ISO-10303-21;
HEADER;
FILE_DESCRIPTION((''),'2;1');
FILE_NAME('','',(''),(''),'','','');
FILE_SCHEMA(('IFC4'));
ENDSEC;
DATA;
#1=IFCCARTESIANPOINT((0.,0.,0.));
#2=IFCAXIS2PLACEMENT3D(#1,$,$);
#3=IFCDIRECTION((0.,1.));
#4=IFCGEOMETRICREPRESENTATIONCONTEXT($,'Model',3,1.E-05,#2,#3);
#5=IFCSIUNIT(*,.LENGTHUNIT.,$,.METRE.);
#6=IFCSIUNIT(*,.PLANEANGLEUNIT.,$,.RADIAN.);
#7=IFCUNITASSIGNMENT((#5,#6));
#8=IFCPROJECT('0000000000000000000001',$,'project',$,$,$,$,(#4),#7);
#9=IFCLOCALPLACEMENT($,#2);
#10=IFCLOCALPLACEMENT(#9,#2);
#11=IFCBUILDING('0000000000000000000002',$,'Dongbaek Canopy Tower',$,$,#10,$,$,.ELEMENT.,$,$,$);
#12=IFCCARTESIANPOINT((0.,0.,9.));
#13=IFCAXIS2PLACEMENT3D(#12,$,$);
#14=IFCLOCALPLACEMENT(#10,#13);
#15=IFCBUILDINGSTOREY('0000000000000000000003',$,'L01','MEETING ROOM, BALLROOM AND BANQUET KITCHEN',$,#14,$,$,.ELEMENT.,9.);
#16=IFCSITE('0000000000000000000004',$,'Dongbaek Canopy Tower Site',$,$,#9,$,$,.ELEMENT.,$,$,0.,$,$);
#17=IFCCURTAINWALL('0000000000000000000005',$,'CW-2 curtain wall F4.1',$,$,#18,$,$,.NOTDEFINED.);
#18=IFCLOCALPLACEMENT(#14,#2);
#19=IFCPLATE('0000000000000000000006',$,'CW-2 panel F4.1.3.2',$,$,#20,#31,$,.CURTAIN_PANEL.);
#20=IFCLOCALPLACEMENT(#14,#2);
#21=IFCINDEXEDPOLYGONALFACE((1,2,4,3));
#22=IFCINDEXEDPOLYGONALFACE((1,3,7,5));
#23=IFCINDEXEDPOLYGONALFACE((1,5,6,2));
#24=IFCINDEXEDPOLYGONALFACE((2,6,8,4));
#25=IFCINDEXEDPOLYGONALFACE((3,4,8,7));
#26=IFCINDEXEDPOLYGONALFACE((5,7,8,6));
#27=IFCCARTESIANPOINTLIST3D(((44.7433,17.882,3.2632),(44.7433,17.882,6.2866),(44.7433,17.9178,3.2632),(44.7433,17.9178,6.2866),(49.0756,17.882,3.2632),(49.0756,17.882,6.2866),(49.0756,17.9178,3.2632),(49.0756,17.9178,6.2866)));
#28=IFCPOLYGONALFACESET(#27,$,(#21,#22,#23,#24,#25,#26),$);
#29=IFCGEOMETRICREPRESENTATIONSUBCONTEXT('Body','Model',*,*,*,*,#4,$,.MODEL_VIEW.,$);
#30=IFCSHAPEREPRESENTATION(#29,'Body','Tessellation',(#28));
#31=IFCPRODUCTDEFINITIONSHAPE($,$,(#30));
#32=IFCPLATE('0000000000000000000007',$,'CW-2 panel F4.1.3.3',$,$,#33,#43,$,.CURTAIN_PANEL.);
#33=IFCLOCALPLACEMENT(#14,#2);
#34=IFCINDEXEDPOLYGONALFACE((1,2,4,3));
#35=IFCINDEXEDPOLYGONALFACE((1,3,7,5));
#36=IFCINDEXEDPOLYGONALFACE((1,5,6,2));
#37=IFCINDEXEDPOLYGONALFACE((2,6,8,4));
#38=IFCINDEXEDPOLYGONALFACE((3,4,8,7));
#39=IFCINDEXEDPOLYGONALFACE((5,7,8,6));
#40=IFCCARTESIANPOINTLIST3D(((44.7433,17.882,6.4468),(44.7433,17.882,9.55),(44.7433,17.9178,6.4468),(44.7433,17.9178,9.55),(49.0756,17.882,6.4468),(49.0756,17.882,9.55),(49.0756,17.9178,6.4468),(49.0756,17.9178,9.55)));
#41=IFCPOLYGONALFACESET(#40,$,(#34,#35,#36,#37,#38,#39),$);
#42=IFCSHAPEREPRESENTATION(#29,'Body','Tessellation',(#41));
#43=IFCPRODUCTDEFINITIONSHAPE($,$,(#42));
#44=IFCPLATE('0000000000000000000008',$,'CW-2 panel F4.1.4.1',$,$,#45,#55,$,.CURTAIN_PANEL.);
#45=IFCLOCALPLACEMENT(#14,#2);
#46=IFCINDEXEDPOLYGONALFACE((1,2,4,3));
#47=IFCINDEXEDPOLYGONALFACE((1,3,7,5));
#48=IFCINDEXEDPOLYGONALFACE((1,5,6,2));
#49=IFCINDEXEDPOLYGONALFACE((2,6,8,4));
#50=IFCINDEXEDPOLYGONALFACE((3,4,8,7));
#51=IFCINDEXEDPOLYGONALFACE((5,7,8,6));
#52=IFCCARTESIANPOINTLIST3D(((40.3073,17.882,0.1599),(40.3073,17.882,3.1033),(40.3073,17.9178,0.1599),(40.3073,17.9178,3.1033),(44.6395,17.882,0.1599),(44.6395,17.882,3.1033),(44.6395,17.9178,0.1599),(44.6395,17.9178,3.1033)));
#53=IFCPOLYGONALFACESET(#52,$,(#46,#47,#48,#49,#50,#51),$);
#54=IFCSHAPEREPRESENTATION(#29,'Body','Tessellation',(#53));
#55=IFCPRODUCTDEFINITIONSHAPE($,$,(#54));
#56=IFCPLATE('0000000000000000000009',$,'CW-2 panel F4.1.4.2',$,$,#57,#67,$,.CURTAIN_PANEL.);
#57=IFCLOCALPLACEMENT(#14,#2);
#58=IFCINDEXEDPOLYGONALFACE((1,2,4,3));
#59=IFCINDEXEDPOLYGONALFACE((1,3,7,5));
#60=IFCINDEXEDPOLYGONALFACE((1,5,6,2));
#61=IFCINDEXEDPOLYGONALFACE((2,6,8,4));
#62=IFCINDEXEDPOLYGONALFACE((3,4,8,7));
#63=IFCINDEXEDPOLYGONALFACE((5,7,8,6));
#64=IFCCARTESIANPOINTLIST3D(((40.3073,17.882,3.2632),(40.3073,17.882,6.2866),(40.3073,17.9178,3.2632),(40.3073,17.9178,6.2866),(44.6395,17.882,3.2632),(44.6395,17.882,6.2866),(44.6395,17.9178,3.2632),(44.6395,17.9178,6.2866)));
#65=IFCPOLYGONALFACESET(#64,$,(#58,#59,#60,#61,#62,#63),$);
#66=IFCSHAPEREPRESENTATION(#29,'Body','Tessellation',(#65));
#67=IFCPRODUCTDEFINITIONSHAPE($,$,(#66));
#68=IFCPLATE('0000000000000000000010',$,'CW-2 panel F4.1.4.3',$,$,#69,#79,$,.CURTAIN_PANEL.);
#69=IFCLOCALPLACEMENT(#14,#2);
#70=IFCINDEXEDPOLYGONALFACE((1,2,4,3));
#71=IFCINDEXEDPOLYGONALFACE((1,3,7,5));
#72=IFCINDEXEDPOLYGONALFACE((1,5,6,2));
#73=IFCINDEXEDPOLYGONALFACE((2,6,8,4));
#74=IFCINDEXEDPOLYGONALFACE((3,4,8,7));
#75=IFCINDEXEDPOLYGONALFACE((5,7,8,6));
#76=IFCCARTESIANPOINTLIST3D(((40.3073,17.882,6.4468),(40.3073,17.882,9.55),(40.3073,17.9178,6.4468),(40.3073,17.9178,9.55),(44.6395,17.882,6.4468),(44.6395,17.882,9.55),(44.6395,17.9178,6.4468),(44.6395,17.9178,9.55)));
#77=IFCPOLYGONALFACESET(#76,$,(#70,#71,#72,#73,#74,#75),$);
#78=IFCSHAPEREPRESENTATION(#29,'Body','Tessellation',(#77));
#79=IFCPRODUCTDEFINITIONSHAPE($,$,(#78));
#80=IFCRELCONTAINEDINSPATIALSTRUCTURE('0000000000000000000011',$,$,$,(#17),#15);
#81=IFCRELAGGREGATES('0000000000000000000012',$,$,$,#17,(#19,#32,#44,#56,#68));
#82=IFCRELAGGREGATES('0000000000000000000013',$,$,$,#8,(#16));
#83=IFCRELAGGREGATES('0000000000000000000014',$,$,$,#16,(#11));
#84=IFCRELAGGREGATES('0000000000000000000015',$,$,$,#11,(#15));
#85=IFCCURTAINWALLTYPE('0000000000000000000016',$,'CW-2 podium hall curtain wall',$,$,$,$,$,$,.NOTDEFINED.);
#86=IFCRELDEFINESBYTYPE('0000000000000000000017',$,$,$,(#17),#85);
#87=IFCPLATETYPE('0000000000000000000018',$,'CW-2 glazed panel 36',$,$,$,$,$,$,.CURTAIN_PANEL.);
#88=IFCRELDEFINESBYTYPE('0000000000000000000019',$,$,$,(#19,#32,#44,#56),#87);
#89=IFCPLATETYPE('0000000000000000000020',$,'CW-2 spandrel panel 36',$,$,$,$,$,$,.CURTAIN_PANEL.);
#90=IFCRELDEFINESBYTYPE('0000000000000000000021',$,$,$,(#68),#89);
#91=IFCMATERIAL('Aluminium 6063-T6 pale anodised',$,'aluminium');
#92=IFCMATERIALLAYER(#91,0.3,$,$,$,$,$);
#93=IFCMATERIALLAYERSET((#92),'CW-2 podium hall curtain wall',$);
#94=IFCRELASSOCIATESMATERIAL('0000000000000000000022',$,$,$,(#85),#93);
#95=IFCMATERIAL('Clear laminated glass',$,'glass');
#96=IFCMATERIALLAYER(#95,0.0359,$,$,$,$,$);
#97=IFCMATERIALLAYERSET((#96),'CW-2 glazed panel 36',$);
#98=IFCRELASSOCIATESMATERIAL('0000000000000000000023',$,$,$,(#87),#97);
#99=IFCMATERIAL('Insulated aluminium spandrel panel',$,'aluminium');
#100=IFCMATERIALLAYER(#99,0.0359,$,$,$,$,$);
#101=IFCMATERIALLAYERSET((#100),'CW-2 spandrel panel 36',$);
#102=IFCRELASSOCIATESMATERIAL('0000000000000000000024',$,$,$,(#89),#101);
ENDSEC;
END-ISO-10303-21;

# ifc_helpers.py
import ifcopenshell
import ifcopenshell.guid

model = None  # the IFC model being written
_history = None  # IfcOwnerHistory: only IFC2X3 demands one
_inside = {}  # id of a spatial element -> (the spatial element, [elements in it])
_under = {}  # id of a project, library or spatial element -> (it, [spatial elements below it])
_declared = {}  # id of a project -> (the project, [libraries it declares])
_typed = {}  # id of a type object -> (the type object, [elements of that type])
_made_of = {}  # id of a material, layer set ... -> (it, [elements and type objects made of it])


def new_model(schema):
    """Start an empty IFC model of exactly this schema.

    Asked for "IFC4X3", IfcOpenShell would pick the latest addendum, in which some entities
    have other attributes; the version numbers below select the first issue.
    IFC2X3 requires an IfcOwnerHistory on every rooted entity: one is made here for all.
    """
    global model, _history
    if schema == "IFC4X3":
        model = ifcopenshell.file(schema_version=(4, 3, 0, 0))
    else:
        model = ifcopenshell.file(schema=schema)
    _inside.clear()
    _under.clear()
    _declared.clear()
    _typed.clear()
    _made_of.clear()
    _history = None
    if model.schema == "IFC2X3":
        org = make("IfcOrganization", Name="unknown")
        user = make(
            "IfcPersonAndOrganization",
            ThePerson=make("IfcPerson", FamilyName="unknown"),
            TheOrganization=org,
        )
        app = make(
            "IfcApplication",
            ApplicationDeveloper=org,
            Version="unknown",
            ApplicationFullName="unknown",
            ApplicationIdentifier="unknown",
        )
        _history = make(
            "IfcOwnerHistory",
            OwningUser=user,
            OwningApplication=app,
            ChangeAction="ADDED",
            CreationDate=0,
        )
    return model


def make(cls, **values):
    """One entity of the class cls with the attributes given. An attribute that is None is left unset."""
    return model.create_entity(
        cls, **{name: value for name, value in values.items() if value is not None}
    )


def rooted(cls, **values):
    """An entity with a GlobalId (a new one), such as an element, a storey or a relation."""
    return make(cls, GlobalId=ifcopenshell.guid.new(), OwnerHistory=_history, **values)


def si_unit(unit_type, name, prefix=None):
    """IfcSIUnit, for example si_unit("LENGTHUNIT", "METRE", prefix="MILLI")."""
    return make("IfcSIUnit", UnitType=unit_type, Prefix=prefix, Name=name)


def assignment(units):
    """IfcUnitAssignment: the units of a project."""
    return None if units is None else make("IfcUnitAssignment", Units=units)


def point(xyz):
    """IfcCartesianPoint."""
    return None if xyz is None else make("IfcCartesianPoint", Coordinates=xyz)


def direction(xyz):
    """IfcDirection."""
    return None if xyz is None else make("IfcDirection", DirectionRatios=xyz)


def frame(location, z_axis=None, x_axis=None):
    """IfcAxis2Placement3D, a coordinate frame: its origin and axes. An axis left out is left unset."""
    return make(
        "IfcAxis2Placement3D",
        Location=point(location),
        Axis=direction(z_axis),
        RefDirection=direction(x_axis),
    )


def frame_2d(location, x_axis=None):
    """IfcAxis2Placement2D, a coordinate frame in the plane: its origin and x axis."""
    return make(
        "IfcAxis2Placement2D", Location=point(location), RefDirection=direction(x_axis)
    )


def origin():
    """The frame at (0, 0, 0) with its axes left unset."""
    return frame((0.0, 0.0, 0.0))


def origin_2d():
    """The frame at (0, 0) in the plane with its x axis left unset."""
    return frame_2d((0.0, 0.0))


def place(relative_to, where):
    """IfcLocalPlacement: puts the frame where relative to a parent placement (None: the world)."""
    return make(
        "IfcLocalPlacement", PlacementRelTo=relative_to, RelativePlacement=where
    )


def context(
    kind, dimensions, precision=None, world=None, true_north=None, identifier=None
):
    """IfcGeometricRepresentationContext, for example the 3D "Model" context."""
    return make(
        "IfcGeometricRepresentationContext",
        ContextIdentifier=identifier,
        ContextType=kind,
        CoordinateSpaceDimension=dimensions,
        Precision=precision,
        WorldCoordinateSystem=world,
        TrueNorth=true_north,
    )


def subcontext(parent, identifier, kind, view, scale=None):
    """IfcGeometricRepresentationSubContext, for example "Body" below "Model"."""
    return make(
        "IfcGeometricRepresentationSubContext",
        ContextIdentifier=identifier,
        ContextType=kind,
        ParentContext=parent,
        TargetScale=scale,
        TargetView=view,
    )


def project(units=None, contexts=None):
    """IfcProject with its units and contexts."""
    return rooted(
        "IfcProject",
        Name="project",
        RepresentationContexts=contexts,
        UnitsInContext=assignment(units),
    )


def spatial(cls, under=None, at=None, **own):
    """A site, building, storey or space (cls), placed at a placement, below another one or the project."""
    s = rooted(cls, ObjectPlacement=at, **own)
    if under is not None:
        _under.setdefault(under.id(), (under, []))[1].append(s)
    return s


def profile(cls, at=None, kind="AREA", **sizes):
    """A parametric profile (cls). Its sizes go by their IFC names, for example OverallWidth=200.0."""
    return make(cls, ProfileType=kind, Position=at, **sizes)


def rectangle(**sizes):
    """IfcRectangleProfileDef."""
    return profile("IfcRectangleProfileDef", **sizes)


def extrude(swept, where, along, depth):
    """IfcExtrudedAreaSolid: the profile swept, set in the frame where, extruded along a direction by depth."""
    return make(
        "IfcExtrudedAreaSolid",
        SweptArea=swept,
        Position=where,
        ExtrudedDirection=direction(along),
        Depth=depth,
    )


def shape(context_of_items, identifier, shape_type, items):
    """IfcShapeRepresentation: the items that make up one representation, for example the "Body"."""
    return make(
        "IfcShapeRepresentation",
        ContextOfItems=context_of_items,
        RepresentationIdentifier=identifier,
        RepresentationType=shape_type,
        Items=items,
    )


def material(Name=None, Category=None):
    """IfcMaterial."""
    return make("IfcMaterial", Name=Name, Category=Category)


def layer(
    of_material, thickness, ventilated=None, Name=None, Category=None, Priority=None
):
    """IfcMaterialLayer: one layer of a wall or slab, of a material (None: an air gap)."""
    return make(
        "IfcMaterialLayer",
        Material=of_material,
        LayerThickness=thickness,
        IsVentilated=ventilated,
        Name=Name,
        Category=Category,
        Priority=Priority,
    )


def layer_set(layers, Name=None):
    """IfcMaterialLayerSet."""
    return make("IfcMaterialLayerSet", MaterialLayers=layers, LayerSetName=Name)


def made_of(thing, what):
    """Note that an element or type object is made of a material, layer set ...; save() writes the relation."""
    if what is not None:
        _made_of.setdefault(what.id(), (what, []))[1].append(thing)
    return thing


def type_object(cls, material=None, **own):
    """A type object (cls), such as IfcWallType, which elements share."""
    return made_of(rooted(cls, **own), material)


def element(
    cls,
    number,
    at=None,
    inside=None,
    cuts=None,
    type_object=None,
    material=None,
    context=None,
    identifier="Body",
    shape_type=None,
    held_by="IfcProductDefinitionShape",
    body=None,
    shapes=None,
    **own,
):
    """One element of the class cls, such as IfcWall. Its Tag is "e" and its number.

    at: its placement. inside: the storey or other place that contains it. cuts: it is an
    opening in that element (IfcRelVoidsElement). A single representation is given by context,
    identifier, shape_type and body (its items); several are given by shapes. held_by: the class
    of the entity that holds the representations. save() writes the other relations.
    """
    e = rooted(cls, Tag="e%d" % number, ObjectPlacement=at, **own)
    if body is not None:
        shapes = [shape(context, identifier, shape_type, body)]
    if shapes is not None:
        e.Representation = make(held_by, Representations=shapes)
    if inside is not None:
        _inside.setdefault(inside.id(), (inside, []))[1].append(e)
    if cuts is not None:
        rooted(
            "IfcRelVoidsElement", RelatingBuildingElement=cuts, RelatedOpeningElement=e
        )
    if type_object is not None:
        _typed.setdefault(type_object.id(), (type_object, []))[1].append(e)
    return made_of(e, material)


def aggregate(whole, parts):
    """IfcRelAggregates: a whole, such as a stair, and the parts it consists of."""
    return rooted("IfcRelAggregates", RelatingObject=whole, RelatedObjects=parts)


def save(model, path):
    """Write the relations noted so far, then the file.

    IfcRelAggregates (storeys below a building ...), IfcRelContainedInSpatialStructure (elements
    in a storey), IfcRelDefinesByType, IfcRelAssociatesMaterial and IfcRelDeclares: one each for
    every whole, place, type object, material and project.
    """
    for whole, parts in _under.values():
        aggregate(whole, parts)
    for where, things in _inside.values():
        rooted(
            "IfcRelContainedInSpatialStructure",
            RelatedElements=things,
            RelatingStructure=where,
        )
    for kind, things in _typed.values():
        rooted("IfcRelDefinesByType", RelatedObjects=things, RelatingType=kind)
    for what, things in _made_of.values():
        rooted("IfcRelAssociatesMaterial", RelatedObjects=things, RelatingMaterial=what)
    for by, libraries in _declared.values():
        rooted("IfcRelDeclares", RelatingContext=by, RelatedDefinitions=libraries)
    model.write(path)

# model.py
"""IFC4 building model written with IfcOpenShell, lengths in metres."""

from ifc_helpers import new_model, si_unit, direction, frame, origin, origin_2d, place, context, subcontext, project, spatial, rectangle, extrude, material, layer, layer_set, type_object, element, aggregate, save


model = new_model("IFC4")

# Units and contexts
model_context = context("Model", 3, precision=1e-05, world=origin(), true_north=direction((0.0, 1.0)))
body_context = subcontext(model_context, "Body", "Model", "MODEL_VIEW")
ifc_project = project(units=[si_unit("LENGTHUNIT", "METRE"), si_unit("PLANEANGLEUNIT", "RADIAN")], contexts=[model_context])

# Site, building, storey
site_placement = place(None, origin())
site = spatial("IfcSite", under=ifc_project, at=site_placement, Name="Dongbaek Canopy Tower Site", CompositionType="ELEMENT", RefElevation=0.0)
building_placement = place(site_placement, origin())
building = spatial("IfcBuilding", under=site, at=building_placement, Name="Dongbaek Canopy Tower", CompositionType="ELEMENT")
storey_placement = place(building_placement, frame((0.0, 0.0, 9.0)))
storey = spatial("IfcBuildingStorey", under=building, at=storey_placement, Name="L01", Description="MEETING ROOM, BALLROOM AND BANQUET KITCHEN", CompositionType="ELEMENT", Elevation=9.0)

# Curtain wall
ifc_material_1 = material(Name="Aluminium 6063-T6 pale anodised", Category="aluminium")
ifc_layer_1 = layer(ifc_material_1, 0.3)
ifc_layer_set_1 = layer_set([ifc_layer_1], Name="CW-2 podium hall curtain wall")
curtain_wall_type = type_object("IfcCurtainWallType", Name="CW-2 podium hall curtain wall", PredefinedType="NOTDEFINED", material=ifc_layer_set_1)
curtain_wall_placement = place(storey_placement, origin())
curtain_wall = element("IfcCurtainWall", 1, at=curtain_wall_placement, inside=storey, type_object=curtain_wall_type, Name="CW-2 curtain wall F4.1", PredefinedType="NOTDEFINED")

# Plates
ifc_material_2 = material(Name="Clear laminated glass", Category="glass")
ifc_layer_2 = layer(ifc_material_2, 0.0359)
ifc_layer_set_2 = layer_set([ifc_layer_2], Name="CW-2 glazed panel 36")
plate_type_1 = type_object("IfcPlateType", Name="CW-2 glazed panel 36", PredefinedType="CURTAIN_PANEL", material=ifc_layer_set_2)
plate_1_placement = place(storey_placement, frame((46.9094, 17.8999, 3.2632), z_axis=(0.0, 0.0, 1.0), x_axis=(-1.0, 0.0, 0.0)))
plate_1 = element("IfcPlate", 2, at=plate_1_placement, type_object=plate_type_1, Name="CW-2 panel F4.1.3.2", PredefinedType="CURTAIN_PANEL", context=body_context, shape_type="SweptSolid", body=[
    extrude(rectangle(XDim=4.3323, YDim=0.0359, at=origin_2d()), origin(), (0.0, 0.0, 1.0), 3.0234),
])
plate_2_placement = place(storey_placement, frame((46.9094, 17.8999, 6.4468), z_axis=(0.0, 0.0, 1.0), x_axis=(-1.0, 0.0, 0.0)))
plate_2 = element("IfcPlate", 3, at=plate_2_placement, type_object=plate_type_1, Name="CW-2 panel F4.1.3.3", PredefinedType="CURTAIN_PANEL", context=body_context, shape_type="SweptSolid", body=[
    extrude(rectangle(XDim=4.3323, YDim=0.0359, at=origin_2d()), origin(), (0.0, 0.0, 1.0), 3.1033),
])
plate_3_placement = place(storey_placement, frame((42.4734, 17.8999, 0.1599), z_axis=(0.0, 0.0, 1.0), x_axis=(-1.0, 0.0, 0.0)))
plate_3 = element("IfcPlate", 4, at=plate_3_placement, type_object=plate_type_1, Name="CW-2 panel F4.1.4.1", PredefinedType="CURTAIN_PANEL", context=body_context, shape_type="SweptSolid", body=[
    extrude(rectangle(XDim=4.3323, YDim=0.0359, at=origin_2d()), origin(), (0.0, 0.0, 1.0), 2.9434),
])
plate_4_placement = place(storey_placement, frame((42.4734, 17.8999, 3.2632), z_axis=(0.0, 0.0, 1.0), x_axis=(-1.0, 0.0, 0.0)))
plate_4 = element("IfcPlate", 5, at=plate_4_placement, type_object=plate_type_1, Name="CW-2 panel F4.1.4.2", PredefinedType="CURTAIN_PANEL", context=body_context, shape_type="SweptSolid", body=[
    extrude(rectangle(XDim=4.3323, YDim=0.0359, at=origin_2d()), origin(), (0.0, 0.0, 1.0), 3.0234),
])
ifc_material_3 = material(Name="Insulated aluminium spandrel panel", Category="aluminium")
ifc_layer_3 = layer(ifc_material_3, 0.0359)
ifc_layer_set_3 = layer_set([ifc_layer_3], Name="CW-2 spandrel panel 36")
plate_type_2 = type_object("IfcPlateType", Name="CW-2 spandrel panel 36", PredefinedType="CURTAIN_PANEL", material=ifc_layer_set_3)
plate_5_placement = place(storey_placement, frame((42.4734, 17.8999, 6.4468), z_axis=(0.0, 0.0, 1.0), x_axis=(-1.0, 0.0, 0.0)))
plate_5 = element("IfcPlate", 6, at=plate_5_placement, type_object=plate_type_2, Name="CW-2 panel F4.1.4.3", PredefinedType="CURTAIN_PANEL", context=body_context, shape_type="SweptSolid", body=[
    extrude(rectangle(XDim=4.3323, YDim=0.0359, at=origin_2d()), origin(), (0.0, 0.0, 1.0), 3.1033),
])
aggregate(curtain_wall, [plate_1, plate_2, plate_3, plate_4, plate_5])

save(model, "model.ifc")
